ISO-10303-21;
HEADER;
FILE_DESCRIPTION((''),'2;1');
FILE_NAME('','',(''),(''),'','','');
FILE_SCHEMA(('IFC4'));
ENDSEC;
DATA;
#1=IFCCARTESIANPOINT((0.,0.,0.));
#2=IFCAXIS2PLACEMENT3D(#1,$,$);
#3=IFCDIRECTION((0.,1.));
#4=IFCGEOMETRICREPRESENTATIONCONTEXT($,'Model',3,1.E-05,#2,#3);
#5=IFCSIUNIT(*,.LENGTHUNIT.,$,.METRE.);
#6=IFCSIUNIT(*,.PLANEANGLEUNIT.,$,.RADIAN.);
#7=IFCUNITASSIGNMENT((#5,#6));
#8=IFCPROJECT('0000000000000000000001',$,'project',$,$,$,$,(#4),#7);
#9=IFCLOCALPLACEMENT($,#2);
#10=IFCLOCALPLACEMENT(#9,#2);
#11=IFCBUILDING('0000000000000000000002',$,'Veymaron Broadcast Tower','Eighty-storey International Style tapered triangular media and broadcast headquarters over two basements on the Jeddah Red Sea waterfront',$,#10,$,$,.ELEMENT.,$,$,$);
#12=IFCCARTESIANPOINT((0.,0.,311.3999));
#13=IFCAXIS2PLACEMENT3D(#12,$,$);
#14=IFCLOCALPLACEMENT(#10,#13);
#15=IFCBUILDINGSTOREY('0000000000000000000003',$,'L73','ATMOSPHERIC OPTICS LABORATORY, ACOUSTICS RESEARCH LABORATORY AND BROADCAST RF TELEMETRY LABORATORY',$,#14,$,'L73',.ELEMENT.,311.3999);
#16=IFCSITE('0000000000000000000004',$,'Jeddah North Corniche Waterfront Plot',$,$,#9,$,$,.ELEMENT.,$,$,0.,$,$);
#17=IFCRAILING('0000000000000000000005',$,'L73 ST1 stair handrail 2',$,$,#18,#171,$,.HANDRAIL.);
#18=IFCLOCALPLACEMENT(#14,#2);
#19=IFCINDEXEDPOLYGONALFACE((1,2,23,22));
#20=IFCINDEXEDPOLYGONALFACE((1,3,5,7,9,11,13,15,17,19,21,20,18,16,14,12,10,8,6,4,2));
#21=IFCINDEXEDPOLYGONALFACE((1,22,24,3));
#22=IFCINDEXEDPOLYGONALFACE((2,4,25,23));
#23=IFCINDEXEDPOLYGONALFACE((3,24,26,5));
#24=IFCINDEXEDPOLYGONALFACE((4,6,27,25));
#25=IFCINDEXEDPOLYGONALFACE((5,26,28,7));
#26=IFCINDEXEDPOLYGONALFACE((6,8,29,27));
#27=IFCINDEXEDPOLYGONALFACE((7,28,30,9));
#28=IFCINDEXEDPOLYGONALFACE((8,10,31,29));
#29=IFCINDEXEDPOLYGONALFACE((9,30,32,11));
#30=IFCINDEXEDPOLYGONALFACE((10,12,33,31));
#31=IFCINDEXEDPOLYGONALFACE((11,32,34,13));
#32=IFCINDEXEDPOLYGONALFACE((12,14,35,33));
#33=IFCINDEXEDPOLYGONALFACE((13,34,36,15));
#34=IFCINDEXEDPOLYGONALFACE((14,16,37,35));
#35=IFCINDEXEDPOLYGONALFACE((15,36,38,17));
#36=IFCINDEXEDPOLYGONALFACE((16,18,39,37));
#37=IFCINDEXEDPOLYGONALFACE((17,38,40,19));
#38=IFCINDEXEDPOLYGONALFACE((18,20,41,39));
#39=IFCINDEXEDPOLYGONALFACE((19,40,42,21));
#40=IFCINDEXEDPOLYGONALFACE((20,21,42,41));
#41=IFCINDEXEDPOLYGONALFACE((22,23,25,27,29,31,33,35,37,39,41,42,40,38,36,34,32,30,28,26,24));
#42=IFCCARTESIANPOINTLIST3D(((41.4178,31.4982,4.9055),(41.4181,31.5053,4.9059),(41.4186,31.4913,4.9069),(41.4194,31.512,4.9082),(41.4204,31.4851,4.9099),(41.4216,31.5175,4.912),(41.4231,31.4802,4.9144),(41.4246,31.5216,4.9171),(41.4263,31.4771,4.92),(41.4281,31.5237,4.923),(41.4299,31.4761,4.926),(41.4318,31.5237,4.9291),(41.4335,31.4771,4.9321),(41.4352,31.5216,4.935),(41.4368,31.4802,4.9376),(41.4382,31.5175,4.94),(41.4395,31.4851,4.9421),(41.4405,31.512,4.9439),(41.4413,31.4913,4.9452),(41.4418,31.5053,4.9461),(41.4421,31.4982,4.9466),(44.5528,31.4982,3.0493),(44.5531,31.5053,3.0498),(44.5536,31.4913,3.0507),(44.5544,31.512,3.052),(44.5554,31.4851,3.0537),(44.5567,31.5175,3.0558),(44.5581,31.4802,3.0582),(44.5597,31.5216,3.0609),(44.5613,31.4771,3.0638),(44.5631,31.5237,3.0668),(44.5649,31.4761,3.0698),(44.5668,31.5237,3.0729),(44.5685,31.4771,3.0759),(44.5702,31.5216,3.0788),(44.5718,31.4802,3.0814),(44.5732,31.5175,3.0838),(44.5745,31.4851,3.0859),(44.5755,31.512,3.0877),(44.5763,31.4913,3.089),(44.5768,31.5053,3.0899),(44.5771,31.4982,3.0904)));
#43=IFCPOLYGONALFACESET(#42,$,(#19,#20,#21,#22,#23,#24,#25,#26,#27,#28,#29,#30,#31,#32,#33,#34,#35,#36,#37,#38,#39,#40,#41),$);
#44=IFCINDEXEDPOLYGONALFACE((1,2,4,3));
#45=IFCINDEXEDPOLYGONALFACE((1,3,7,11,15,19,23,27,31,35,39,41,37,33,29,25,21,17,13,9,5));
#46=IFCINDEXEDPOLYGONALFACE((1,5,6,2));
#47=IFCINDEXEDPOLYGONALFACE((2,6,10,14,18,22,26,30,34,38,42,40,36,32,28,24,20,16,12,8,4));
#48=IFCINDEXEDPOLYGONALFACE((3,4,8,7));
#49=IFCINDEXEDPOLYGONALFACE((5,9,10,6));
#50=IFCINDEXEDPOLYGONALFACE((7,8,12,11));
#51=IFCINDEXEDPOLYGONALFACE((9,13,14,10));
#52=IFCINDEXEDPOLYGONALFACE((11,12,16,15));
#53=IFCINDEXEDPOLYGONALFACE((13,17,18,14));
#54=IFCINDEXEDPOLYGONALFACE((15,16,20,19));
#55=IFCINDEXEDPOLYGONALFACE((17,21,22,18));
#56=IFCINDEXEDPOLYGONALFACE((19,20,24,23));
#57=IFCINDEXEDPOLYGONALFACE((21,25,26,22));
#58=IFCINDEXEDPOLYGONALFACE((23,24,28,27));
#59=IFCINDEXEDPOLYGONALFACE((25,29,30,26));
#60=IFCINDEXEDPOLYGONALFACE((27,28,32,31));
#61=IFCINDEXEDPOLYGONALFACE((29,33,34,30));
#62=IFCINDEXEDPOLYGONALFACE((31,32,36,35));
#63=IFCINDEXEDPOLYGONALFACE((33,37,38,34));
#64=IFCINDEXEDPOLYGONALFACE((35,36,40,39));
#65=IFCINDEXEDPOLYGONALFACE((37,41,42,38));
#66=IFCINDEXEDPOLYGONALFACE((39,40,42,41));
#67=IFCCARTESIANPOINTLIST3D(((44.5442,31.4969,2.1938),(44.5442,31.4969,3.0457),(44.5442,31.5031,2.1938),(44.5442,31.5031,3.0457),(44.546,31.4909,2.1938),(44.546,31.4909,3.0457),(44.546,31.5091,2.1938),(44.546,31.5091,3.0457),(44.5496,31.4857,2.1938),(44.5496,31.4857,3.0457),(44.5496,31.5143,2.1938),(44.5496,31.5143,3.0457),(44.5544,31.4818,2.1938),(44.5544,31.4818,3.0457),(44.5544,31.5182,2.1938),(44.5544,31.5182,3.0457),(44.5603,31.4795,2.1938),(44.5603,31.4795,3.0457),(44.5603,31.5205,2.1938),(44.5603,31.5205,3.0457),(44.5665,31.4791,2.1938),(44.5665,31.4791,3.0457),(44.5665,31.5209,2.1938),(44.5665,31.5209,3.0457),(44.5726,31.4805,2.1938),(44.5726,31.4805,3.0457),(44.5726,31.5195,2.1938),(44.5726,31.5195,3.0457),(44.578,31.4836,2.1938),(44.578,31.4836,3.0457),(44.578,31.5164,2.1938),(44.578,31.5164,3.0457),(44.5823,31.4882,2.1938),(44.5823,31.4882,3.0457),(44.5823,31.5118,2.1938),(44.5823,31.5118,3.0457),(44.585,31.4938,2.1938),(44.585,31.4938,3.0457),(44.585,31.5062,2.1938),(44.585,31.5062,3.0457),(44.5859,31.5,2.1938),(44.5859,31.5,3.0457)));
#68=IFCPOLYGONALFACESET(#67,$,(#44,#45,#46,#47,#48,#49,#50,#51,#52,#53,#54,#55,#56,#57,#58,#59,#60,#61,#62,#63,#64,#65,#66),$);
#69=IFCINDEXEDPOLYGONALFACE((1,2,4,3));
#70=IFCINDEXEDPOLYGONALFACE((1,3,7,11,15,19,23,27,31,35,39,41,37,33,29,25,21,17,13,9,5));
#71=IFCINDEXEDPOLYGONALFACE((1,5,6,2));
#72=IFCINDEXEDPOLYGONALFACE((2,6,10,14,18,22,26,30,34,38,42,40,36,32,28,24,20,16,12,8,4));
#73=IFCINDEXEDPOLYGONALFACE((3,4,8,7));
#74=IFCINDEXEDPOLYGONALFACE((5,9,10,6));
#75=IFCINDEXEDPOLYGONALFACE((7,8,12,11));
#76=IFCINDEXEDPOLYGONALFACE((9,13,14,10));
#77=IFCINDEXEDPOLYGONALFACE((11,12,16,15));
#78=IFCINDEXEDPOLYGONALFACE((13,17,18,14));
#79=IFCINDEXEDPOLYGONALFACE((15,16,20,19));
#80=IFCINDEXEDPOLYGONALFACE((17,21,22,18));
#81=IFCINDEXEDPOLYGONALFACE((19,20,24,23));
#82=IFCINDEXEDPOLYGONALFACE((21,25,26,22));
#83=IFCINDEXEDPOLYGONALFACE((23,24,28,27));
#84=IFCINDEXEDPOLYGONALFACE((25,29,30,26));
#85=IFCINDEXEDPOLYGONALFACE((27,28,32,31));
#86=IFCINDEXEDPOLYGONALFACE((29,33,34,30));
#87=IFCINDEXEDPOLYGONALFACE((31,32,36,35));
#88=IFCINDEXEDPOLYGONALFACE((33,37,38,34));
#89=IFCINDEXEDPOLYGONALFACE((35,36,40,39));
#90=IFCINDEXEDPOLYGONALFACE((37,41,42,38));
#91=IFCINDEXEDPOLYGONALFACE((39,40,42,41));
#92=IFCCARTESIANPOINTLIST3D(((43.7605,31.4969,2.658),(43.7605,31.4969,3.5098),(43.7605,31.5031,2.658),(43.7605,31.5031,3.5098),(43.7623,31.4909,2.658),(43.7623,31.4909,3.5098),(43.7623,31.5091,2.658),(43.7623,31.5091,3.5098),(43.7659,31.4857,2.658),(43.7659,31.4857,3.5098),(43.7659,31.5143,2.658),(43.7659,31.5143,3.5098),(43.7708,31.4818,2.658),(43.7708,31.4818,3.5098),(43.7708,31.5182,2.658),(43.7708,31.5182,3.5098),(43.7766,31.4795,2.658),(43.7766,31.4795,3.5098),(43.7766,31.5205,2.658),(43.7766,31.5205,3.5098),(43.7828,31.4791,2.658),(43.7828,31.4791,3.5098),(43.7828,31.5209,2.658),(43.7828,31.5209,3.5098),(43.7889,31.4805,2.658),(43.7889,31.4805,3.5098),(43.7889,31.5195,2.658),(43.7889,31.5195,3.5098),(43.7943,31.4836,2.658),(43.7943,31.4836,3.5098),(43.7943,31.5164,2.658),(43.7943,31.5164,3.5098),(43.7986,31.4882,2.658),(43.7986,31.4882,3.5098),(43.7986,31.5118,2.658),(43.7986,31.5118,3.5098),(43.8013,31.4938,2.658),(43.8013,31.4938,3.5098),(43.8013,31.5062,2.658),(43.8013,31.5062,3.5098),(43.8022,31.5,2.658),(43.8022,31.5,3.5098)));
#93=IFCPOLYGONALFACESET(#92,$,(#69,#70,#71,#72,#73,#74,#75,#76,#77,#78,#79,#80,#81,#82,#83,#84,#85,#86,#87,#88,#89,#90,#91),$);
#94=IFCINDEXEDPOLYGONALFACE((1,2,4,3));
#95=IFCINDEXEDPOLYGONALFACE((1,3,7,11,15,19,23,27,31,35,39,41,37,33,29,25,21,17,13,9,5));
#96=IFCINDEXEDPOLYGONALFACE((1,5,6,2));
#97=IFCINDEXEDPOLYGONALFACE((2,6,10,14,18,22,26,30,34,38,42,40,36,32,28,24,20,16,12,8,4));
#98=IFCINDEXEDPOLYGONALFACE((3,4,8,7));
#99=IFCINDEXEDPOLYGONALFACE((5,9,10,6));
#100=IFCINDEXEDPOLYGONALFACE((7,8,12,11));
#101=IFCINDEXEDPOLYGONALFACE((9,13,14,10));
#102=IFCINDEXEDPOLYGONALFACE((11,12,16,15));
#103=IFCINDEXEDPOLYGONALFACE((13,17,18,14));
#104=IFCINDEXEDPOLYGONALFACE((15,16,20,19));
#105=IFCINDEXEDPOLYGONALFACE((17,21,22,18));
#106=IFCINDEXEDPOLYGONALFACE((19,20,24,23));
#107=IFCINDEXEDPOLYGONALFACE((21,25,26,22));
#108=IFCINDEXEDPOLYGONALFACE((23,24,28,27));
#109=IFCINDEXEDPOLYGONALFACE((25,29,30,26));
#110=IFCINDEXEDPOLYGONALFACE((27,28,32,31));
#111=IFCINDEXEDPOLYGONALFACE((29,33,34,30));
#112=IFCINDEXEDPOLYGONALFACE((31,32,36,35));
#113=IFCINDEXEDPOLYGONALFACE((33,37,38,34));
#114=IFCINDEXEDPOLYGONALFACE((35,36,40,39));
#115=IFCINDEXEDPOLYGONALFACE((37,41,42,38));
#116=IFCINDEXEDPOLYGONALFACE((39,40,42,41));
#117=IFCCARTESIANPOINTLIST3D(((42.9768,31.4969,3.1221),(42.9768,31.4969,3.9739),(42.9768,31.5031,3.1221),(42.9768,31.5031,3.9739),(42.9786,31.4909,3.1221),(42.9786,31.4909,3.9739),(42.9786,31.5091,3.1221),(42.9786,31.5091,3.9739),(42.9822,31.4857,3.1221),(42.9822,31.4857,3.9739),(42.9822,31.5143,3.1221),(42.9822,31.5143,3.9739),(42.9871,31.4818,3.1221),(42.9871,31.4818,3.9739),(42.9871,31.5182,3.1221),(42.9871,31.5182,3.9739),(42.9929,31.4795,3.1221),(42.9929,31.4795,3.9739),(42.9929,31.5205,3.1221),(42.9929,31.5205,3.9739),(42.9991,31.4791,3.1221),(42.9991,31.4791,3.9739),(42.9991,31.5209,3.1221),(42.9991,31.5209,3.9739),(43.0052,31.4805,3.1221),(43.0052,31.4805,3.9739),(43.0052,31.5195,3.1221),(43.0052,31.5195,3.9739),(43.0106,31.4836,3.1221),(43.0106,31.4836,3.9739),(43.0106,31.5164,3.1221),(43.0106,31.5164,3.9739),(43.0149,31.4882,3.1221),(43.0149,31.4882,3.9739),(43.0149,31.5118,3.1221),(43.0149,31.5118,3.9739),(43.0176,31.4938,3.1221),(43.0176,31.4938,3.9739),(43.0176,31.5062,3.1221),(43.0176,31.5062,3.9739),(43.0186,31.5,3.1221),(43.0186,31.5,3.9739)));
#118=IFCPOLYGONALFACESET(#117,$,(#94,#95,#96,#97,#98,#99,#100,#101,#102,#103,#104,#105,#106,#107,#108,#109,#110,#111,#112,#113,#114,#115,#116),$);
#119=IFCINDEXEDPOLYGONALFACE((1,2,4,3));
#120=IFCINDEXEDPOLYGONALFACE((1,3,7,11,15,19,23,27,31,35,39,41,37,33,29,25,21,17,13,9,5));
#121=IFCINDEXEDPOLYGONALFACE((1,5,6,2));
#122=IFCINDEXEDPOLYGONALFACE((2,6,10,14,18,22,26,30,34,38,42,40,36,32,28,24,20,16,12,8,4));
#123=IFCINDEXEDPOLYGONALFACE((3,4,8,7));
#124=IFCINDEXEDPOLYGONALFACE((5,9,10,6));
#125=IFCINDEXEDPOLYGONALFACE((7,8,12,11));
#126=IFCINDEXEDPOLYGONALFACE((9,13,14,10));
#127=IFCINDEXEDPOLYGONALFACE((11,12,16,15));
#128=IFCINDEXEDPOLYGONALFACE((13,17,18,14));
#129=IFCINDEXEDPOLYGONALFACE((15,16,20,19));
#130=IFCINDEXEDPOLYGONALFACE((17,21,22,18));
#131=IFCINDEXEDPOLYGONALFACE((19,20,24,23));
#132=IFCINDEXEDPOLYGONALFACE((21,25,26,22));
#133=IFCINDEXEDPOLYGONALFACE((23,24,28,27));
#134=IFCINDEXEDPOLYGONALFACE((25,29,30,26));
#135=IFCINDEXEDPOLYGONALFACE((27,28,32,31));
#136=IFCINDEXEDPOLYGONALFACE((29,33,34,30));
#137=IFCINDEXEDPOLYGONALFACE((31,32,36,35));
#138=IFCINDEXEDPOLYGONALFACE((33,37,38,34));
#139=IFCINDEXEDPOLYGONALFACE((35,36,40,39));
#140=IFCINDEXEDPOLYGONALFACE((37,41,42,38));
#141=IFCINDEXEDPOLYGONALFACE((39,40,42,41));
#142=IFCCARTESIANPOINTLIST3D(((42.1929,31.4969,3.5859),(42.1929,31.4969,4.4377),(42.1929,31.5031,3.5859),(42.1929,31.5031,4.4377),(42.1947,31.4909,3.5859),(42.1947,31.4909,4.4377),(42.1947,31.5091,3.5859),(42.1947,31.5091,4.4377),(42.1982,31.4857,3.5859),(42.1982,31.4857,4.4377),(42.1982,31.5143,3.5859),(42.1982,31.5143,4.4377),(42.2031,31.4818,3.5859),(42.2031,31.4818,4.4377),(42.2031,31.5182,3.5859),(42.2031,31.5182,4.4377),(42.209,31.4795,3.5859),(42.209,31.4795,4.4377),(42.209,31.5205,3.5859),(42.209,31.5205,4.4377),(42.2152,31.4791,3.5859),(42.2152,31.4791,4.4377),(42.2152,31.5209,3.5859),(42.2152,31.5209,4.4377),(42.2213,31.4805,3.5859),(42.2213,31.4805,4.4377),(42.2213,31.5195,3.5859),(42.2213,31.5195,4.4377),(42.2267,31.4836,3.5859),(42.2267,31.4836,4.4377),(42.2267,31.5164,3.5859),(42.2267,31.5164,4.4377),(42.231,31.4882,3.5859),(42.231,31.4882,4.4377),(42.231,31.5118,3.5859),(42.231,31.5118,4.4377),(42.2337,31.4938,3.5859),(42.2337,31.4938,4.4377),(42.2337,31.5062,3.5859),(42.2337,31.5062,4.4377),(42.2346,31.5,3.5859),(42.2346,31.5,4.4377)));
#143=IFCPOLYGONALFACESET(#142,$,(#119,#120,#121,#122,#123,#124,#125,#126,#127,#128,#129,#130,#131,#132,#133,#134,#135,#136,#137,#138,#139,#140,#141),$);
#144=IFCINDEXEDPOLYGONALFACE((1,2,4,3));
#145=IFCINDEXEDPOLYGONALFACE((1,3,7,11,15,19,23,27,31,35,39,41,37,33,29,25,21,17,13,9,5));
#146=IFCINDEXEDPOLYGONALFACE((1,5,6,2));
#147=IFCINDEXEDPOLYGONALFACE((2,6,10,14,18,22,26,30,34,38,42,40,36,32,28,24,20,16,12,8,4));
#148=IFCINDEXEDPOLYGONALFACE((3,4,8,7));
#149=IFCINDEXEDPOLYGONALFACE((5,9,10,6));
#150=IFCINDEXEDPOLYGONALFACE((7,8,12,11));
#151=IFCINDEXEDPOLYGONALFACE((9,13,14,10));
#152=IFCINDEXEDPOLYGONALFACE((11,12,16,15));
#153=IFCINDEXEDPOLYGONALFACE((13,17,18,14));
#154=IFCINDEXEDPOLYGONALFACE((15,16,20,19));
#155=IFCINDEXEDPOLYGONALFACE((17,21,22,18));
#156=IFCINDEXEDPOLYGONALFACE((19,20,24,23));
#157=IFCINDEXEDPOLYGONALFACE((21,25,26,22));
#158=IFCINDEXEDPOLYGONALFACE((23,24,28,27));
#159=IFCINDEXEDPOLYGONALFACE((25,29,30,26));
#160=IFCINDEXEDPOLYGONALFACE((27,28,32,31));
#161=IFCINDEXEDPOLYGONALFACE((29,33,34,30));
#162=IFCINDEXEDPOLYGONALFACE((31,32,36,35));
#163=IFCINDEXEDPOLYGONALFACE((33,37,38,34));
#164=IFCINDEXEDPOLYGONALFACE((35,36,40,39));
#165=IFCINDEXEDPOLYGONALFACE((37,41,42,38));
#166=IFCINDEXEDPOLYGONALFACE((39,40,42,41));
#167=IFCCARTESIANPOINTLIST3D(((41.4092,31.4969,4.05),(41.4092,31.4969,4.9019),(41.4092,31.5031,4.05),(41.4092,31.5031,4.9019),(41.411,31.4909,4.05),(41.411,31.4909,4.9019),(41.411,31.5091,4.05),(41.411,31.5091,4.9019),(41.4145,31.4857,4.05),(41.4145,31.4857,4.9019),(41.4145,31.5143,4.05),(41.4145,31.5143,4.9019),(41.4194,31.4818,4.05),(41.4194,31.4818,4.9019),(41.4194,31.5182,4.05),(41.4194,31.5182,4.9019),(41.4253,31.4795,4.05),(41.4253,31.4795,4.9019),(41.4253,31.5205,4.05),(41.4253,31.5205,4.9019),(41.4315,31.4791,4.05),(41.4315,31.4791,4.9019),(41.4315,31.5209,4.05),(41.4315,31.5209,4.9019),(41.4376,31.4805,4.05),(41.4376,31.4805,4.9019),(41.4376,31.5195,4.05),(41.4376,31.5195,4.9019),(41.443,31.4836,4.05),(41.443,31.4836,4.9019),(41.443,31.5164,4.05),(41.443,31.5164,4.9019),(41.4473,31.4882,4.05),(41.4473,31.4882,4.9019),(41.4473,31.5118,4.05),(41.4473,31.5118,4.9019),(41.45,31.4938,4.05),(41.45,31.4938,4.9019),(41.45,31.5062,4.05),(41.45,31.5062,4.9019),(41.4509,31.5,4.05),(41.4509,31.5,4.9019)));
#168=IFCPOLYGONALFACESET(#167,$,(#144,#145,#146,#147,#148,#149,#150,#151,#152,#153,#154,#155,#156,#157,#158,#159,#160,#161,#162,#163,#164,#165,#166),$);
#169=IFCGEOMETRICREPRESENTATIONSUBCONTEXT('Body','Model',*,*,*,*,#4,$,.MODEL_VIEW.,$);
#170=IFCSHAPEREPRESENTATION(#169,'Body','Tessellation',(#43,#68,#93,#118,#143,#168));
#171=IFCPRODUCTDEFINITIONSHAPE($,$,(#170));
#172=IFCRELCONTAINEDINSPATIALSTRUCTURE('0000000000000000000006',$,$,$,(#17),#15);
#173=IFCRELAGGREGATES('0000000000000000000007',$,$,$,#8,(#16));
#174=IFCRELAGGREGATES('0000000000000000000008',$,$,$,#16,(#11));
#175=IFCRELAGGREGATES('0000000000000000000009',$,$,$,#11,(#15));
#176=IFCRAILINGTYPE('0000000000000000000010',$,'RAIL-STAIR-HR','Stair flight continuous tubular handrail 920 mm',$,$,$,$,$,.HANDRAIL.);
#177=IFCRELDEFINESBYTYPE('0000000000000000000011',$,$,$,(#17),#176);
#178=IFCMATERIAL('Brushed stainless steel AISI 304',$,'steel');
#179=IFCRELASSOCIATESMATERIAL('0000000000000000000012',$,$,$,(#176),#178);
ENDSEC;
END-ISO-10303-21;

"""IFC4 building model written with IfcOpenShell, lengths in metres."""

from ifc_helpers import new_model, si_unit, direction, frame, origin, origin_2d, place, context, subcontext, project, spatial, circle, extrude, material, type_object, element, save


model = new_model("IFC4")

# Units and contexts
model_context = context("Model", 3, precision=1e-05, world=origin(), true_north=direction((0.0, 1.0)))
body_context = subcontext(model_context, "Body", "Model", "MODEL_VIEW")
ifc_project = project(units=[si_unit("LENGTHUNIT", "METRE"), si_unit("PLANEANGLEUNIT", "RADIAN")], contexts=[model_context])

# Site, building, storey
site_placement = place(None, origin())
site = spatial("IfcSite", under=ifc_project, at=site_placement, Name="Jeddah North Corniche Waterfront Plot", CompositionType="ELEMENT", RefElevation=0.0)
building_placement = place(site_placement, origin())
building = spatial("IfcBuilding", under=site, at=building_placement, Name="Veymaron Broadcast Tower", Description="Eighty-storey International Style tapered triangular media and broadcast headquarters over two basements on the Jeddah Red Sea waterfront", CompositionType="ELEMENT")
storey_placement = place(building_placement, frame((0.0, 0.0, 311.3999)))
storey = spatial("IfcBuildingStorey", under=building, at=storey_placement, Name="L73", Description="ATMOSPHERIC OPTICS LABORATORY, ACOUSTICS RESEARCH LABORATORY AND BROADCAST RF TELEMETRY LABORATORY", LongName="L73", CompositionType="ELEMENT", Elevation=311.3999)

# Railing
ifc_material_1 = material(Name="Brushed stainless steel AISI 304", Category="steel")
railing_type_1 = type_object("IfcRailingType", Name="RAIL-STAIR-HR", Description="Stair flight continuous tubular handrail 920 mm", PredefinedType="HANDRAIL", material=ifc_material_1)
railing_1_placement = place(storey_placement, frame((44.5649, 31.5, 2.1938)))
element("IfcRailing", 1, at=railing_1_placement, inside=storey, type_object=railing_type_1, Name="L73 ST1 stair handrail 2", PredefinedType="HANDRAIL", context=body_context, shape_type="SweptSolid", body=[
    extrude(circle(Radius=0.0239, at=origin_2d()), frame((0.0, 0.0, 0.876), z_axis=(-0.860482, 0.0, 0.509481), x_axis=(0.0, -1.0, 0.0)), (0.0, 0.0, 1.0), 3.6433),
    extrude(circle(Radius=0.021, at=origin_2d()), origin(), (0.0, 0.0, 1.0), 0.8518),
    extrude(circle(Radius=0.021, at=origin_2d()), frame((-0.7837, 0.0, 0.4641)), (0.0, 0.0, 1.0), 0.8518),
    extrude(circle(Radius=0.021, at=origin_2d()), frame((-1.5674, 0.0, 0.9282)), (0.0, 0.0, 1.0), 0.8518),
    extrude(circle(Radius=0.021, at=origin_2d()), frame((-2.3513, 0.0, 1.3921)), (0.0, 0.0, 1.0), 0.8518),
    extrude(circle(Radius=0.021, at=origin_2d()), frame((-3.135, 0.0, 1.8562)), (0.0, 0.0, 1.0), 0.8518),
])

save(model, "model.ifc")
